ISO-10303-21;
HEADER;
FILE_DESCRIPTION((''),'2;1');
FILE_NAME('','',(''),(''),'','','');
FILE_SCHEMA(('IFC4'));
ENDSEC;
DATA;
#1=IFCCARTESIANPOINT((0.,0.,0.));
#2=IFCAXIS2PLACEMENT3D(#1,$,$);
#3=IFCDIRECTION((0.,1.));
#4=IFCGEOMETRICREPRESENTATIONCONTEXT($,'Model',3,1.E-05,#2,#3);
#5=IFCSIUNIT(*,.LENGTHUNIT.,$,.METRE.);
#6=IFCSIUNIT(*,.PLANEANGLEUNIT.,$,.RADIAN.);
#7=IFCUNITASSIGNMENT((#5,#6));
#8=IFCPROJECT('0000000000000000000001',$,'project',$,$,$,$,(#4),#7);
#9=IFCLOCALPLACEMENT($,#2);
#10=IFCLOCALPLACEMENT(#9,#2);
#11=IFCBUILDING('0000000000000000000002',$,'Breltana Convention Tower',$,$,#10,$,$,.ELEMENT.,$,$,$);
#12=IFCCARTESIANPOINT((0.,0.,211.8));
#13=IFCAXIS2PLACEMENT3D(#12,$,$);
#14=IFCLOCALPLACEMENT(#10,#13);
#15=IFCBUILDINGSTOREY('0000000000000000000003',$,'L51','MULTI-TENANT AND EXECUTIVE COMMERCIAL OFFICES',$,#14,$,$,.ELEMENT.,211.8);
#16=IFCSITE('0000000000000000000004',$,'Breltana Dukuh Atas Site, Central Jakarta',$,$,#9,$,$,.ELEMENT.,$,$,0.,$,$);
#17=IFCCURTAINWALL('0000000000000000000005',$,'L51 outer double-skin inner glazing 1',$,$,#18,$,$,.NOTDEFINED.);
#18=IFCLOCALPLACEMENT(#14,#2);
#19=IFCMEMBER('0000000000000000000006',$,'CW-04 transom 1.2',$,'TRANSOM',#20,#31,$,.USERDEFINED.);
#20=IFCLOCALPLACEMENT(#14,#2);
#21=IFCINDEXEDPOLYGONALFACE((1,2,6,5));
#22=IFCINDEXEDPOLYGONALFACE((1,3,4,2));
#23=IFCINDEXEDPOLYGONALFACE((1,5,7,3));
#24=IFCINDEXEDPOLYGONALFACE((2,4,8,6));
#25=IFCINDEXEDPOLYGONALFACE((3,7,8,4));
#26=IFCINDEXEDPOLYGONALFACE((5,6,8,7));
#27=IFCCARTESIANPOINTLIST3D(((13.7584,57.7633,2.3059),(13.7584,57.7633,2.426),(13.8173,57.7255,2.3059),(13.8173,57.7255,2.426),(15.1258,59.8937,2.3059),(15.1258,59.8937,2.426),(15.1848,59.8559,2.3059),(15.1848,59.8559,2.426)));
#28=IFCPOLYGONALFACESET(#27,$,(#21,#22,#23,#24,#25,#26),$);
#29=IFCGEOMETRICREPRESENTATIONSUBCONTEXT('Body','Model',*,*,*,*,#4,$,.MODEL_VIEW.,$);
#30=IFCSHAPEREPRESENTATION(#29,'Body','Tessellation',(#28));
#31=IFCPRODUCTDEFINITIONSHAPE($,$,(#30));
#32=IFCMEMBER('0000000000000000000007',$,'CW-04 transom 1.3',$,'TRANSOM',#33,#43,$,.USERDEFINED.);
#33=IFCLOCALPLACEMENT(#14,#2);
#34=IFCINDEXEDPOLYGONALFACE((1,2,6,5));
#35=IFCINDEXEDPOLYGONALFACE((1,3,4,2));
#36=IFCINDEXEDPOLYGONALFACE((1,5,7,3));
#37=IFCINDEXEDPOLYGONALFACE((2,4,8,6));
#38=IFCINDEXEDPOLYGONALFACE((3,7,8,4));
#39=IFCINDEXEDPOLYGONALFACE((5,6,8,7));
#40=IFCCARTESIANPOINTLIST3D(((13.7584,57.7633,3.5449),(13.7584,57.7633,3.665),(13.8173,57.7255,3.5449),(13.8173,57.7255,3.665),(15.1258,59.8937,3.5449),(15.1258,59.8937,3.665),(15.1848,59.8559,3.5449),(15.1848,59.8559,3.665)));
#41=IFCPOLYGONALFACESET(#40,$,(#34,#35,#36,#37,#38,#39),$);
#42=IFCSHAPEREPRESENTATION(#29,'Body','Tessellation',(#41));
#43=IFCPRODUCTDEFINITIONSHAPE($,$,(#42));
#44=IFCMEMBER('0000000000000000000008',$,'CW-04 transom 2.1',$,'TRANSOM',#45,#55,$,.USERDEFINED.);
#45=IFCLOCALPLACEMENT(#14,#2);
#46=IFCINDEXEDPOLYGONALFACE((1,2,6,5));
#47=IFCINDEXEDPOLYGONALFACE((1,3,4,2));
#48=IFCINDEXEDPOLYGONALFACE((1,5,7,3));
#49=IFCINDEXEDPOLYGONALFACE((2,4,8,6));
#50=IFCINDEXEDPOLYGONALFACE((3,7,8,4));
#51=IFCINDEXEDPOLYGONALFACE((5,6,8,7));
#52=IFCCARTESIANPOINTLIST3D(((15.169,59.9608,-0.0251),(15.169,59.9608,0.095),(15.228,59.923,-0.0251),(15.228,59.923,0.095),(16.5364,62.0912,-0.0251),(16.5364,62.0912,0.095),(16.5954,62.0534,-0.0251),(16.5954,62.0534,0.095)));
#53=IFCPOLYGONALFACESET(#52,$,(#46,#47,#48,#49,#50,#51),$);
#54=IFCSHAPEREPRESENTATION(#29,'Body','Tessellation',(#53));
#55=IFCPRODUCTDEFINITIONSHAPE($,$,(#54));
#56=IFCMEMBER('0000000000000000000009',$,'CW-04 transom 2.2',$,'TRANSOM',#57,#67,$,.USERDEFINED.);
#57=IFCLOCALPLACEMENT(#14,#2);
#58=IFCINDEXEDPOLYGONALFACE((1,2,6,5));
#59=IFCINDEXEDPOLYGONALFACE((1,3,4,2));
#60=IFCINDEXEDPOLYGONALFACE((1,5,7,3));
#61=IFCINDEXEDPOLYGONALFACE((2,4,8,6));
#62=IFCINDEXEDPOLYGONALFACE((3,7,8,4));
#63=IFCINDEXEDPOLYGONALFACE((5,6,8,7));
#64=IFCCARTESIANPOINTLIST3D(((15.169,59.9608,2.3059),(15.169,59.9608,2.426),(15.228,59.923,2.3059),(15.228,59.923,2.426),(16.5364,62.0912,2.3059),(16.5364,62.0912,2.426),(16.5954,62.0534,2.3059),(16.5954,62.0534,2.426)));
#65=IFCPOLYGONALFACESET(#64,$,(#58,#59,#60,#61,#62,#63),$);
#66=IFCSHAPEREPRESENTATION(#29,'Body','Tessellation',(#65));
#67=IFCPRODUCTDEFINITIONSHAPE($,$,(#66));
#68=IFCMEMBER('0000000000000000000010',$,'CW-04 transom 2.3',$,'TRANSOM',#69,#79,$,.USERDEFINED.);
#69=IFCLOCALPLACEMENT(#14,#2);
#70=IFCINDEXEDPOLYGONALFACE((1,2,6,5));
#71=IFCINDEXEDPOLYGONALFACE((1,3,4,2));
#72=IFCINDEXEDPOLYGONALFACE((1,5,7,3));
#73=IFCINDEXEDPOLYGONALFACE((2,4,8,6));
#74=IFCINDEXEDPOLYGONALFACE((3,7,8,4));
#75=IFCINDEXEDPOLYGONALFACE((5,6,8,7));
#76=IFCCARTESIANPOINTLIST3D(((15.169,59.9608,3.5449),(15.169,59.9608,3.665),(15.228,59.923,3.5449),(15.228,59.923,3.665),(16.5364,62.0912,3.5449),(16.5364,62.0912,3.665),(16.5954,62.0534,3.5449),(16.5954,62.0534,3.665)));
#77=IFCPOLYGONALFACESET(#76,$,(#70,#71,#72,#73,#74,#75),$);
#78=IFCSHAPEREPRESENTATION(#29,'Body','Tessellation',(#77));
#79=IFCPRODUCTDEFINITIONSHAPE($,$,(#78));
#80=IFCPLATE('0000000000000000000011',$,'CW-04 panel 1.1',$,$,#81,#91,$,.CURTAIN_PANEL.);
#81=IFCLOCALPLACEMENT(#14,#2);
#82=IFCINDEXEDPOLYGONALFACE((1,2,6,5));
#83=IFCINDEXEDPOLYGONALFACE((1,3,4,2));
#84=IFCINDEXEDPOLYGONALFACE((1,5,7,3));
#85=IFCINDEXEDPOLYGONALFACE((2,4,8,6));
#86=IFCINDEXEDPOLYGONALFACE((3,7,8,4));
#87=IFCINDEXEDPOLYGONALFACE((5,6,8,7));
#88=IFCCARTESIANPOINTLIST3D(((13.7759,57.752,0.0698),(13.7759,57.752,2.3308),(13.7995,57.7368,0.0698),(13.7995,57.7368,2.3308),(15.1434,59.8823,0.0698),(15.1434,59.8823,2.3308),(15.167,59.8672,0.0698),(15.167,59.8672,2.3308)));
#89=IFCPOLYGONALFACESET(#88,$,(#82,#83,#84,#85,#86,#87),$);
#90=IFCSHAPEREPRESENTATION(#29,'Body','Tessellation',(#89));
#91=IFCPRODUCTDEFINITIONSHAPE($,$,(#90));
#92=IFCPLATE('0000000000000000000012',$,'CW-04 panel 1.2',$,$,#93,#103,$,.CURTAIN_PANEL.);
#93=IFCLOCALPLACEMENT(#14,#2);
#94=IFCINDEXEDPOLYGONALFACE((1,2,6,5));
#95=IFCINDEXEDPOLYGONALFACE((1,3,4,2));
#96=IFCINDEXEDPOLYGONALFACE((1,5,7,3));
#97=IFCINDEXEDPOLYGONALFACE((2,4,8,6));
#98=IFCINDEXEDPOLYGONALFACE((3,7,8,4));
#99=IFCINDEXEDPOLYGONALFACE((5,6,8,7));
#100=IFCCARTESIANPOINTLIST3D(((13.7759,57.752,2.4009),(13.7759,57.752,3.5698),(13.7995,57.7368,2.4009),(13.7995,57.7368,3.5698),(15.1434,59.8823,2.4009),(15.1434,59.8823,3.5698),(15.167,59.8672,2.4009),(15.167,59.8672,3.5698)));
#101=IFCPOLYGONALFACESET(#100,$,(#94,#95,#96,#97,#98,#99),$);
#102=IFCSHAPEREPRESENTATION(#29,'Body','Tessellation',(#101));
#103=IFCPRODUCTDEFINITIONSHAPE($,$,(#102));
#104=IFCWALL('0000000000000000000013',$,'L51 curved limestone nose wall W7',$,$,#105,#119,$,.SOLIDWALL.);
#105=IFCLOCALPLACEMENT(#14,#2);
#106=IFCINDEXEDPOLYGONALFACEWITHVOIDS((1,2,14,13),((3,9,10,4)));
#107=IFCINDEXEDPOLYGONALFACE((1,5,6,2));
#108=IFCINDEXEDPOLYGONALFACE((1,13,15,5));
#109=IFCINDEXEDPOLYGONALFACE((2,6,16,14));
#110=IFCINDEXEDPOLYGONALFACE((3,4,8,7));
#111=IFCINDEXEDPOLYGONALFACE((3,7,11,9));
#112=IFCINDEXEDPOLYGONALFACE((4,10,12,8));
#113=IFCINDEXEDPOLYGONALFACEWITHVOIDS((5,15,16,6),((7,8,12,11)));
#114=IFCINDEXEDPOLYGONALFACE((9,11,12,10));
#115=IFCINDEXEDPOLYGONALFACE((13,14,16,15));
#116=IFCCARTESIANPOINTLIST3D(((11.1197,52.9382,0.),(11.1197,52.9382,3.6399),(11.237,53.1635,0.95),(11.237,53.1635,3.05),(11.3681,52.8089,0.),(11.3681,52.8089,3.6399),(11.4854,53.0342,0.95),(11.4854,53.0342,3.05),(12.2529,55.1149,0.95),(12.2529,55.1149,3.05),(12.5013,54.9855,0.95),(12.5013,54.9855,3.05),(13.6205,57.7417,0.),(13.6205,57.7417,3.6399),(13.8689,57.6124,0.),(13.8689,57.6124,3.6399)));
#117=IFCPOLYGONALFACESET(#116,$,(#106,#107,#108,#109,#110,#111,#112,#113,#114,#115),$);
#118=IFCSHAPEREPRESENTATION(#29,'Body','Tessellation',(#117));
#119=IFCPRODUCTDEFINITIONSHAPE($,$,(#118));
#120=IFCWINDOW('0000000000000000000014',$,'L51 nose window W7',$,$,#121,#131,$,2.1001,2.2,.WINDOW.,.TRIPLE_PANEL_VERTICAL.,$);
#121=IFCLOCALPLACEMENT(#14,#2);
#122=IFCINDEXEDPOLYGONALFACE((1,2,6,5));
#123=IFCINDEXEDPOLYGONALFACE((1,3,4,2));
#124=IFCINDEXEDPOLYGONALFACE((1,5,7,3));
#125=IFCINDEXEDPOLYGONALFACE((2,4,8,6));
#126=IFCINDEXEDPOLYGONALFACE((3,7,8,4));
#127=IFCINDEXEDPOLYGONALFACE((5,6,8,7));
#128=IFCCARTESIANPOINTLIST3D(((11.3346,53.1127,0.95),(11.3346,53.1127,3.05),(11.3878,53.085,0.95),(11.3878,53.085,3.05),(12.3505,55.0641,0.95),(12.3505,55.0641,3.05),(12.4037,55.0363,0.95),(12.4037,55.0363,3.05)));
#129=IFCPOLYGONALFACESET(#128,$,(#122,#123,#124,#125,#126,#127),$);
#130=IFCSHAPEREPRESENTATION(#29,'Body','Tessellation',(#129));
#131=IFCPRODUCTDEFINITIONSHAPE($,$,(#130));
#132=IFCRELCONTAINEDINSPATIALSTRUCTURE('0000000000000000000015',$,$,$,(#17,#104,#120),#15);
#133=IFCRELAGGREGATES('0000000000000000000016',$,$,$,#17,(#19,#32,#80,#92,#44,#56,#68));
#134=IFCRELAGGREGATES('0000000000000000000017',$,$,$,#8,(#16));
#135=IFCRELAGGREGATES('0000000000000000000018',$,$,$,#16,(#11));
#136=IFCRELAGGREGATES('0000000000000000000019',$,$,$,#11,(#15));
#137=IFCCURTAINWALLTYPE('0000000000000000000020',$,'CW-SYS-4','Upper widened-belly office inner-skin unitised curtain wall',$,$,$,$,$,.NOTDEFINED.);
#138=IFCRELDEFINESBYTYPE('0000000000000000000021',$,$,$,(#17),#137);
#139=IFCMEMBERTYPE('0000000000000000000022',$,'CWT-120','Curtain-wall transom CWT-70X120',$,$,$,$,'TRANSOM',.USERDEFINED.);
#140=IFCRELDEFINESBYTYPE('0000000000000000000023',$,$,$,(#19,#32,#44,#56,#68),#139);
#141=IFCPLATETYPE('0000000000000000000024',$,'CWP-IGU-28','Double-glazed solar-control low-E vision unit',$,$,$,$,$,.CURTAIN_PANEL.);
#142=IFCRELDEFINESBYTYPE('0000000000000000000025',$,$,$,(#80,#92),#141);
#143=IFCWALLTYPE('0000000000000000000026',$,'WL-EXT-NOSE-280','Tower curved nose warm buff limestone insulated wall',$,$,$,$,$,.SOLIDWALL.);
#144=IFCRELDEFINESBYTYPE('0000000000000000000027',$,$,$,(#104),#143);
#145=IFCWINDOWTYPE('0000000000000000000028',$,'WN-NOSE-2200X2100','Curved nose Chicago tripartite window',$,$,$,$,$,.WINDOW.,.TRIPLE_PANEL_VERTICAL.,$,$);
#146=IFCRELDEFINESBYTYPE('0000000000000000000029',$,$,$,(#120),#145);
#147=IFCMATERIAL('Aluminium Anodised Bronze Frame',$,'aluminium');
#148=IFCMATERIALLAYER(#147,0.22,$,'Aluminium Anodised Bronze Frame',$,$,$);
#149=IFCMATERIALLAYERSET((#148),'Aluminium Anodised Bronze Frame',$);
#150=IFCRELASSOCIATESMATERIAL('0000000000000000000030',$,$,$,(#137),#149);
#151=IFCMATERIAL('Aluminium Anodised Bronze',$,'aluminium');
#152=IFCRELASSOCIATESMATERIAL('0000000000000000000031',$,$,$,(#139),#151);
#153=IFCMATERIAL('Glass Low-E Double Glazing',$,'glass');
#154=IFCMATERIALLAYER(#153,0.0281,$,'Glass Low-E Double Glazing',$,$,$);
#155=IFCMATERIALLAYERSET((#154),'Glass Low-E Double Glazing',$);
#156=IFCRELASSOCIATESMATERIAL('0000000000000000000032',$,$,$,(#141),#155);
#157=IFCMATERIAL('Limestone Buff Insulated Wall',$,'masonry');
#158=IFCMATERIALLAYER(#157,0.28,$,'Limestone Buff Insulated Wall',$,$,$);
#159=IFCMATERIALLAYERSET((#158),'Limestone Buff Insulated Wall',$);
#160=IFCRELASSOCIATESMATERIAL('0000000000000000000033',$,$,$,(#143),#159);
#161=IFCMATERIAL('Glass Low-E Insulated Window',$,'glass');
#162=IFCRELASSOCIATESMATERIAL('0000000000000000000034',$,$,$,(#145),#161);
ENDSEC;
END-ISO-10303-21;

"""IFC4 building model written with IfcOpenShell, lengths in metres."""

from ifc_helpers import new_model, si_unit, direction, frame, frame_2d, origin, origin_2d, place, context, subcontext, project, spatial, rectangle, extrude, source, transform, mapped, material, layer, layer_set, material_profile, profile_set, type_object, type_shapes, element, fill, aggregate, save


model = new_model("IFC4")

# Units and contexts
model_context = context("Model", 3, precision=1e-05, world=origin(), true_north=direction((0.0, 1.0)))
body_context = subcontext(model_context, "Body", "Model", "MODEL_VIEW")
ifc_project = project(units=[si_unit("LENGTHUNIT", "METRE"), si_unit("PLANEANGLEUNIT", "RADIAN")], contexts=[model_context])

# Site, building, storey
site_placement = place(None, origin())
site = spatial("IfcSite", under=ifc_project, at=site_placement, Name="Breltana Dukuh Atas Site, Central Jakarta", CompositionType="ELEMENT", RefElevation=0.0)
building_placement = place(site_placement, origin())
building = spatial("IfcBuilding", under=site, at=building_placement, Name="Breltana Convention Tower", CompositionType="ELEMENT")
storey_placement = place(building_placement, frame((0.0, 0.0, 211.8)))
storey = spatial("IfcBuildingStorey", under=building, at=storey_placement, Name="L51", Description="MULTI-TENANT AND EXECUTIVE COMMERCIAL OFFICES", CompositionType="ELEMENT", Elevation=211.8)

# Curtain wall, members, plates
ifc_material_1 = material(Name="Aluminium Anodised Bronze Frame", Category="aluminium")
ifc_layer_1 = layer(ifc_material_1, 0.22, Name="Aluminium Anodised Bronze Frame")
ifc_layer_set_1 = layer_set([ifc_layer_1], Name="Aluminium Anodised Bronze Frame")
curtain_wall_type = type_object("IfcCurtainWallType", Name="CW-SYS-4", Description="Upper widened-belly office inner-skin unitised curtain wall", PredefinedType="NOTDEFINED", material=ifc_layer_set_1)
curtain_wall_placement = place(storey_placement, origin())
curtain_wall = element("IfcCurtainWall", 1, at=curtain_wall_placement, inside=storey, type_object=curtain_wall_type, Name="L51 outer double-skin inner glazing 1", PredefinedType="NOTDEFINED")
ifc_material_2 = material(Name="Aluminium Anodised Bronze", Category="aluminium")
ifc_material_profile_1 = material_profile(ifc_material_2, rectangle(XDim=0.0701, YDim=0.1201, at=origin_2d()), Name="CWT-70X120")
ifc_profile_set_1 = profile_set([ifc_material_profile_1], Name="Aluminium Anodised Bronze")
member_type_1 = type_object("IfcMemberType", Name="CWT-120", Description="Curtain-wall transom CWT-70X120", ElementType="TRANSOM", PredefinedType="USERDEFINED", material=ifc_profile_set_1)
shared_shape_1 = source(origin(), body_context, "Body", "SweptSolid", [
    extrude(rectangle(XDim=0.0701, YDim=0.1201, at=origin_2d()), origin(), (0.0, 0.0, 1.0), 2.5315),
])
member_1_placement = place(storey_placement, frame((13.7878, 57.7444, 2.366), z_axis=(0.540173, 0.841554, 0.0), x_axis=(-0.841554, 0.540173, 0.0)))
member_1 = element("IfcMember", 2, at=member_1_placement, type_object=member_type_1, Name="CW-04 transom 1.2", ObjectType="TRANSOM", PredefinedType="USERDEFINED", context=body_context, shape_type="MappedRepresentation", body=[
    mapped(shared_shape_1, transform((0.0, 0.0, 0.0), scale=1.0)),
])
member_2_placement = place(storey_placement, frame((13.7878, 57.7444, 3.605), z_axis=(0.540173, 0.841554, 0.0), x_axis=(-0.841554, 0.540173, 0.0)))
member_2 = element("IfcMember", 3, at=member_2_placement, type_object=member_type_1, Name="CW-04 transom 1.3", ObjectType="TRANSOM", PredefinedType="USERDEFINED", context=body_context, shape_type="MappedRepresentation", body=[
    mapped(shared_shape_1, transform((0.0, 0.0, 0.0), scale=1.0)),
])
member_3_placement = place(storey_placement, frame((15.1985, 59.9419, 0.0349), z_axis=(0.540173, 0.841554, 0.0), x_axis=(-0.841554, 0.540173, 0.0)))
member_3 = element("IfcMember", 4, at=member_3_placement, type_object=member_type_1, Name="CW-04 transom 2.1", ObjectType="TRANSOM", PredefinedType="USERDEFINED", context=body_context, shape_type="MappedRepresentation", body=[
    mapped(shared_shape_1, transform((0.0, 0.0, 0.0), scale=1.0)),
])
member_4_placement = place(storey_placement, frame((15.1985, 59.9419, 2.366), z_axis=(0.540173, 0.841554, 0.0), x_axis=(-0.841554, 0.540173, 0.0)))
member_4 = element("IfcMember", 5, at=member_4_placement, type_object=member_type_1, Name="CW-04 transom 2.2", ObjectType="TRANSOM", PredefinedType="USERDEFINED", context=body_context, shape_type="MappedRepresentation", body=[
    mapped(shared_shape_1, transform((0.0, 0.0, 0.0), scale=1.0)),
])
member_5_placement = place(storey_placement, frame((15.1985, 59.9419, 3.605), z_axis=(0.540173, 0.841554, 0.0), x_axis=(-0.841554, 0.540173, 0.0)))
member_5 = element("IfcMember", 6, at=member_5_placement, type_object=member_type_1, Name="CW-04 transom 2.3", ObjectType="TRANSOM", PredefinedType="USERDEFINED", context=body_context, shape_type="MappedRepresentation", body=[
    mapped(shared_shape_1, transform((0.0, 0.0, 0.0), scale=1.0)),
])
ifc_material_3 = material(Name="Glass Low-E Double Glazing", Category="glass")
ifc_layer_2 = layer(ifc_material_3, 0.0281, Name="Glass Low-E Double Glazing")
ifc_layer_set_2 = layer_set([ifc_layer_2], Name="Glass Low-E Double Glazing")
plate_type = type_object("IfcPlateType", Name="CWP-IGU-28", Description="Double-glazed solar-control low-E vision unit", PredefinedType="CURTAIN_PANEL", material=ifc_layer_set_2)
shared_shape_2 = source(origin(), body_context, "Body", "SweptSolid", [
    extrude(rectangle(XDim=2.5315, YDim=0.0281, at=origin_2d()), origin(), (0.0, 0.0, 1.0), 2.261),
])
plate_1_placement = place(storey_placement, frame((14.4714, 58.8096, 0.0698), z_axis=(0.0, 0.0, 1.0), x_axis=(0.540182, 0.841548, 0.0)))
plate_1 = element("IfcPlate", 7, at=plate_1_placement, type_object=plate_type, Name="CW-04 panel 1.1", PredefinedType="CURTAIN_PANEL", context=body_context, shape_type="MappedRepresentation", body=[
    mapped(shared_shape_2, transform((0.0, 0.0, 0.0), scale=1.0)),
])
shared_shape_3 = source(origin(), body_context, "Body", "SweptSolid", [
    extrude(rectangle(XDim=2.5315, YDim=0.0281, at=origin_2d()), origin(), (0.0, 0.0, 1.0), 1.1689),
])
plate_2_placement = place(storey_placement, frame((14.4714, 58.8096, 2.4009), z_axis=(0.0, 0.0, 1.0), x_axis=(0.540182, 0.841548, 0.0)))
plate_2 = element("IfcPlate", 8, at=plate_2_placement, type_object=plate_type, Name="CW-04 panel 1.2", PredefinedType="CURTAIN_PANEL", context=body_context, shape_type="MappedRepresentation", body=[
    mapped(shared_shape_3, transform((0.0, 0.0, 0.0), scale=1.0)),
])
aggregate(curtain_wall, [member_1, member_2, plate_1, plate_2, member_3, member_4, member_5])

# Wall, opening, window
ifc_material_4 = material(Name="Limestone Buff Insulated Wall", Category="masonry")
ifc_layer_3 = layer(ifc_material_4, 0.28, Name="Limestone Buff Insulated Wall")
ifc_layer_set_3 = layer_set([ifc_layer_3], Name="Limestone Buff Insulated Wall")
wall_type = type_object("IfcWallType", Name="WL-EXT-NOSE-280", Description="Tower curved nose warm buff limestone insulated wall", PredefinedType="SOLIDWALL", material=ifc_layer_set_3)
shared_shape_4 = source(origin(), body_context, "Body", "SweptSolid", [
    extrude(rectangle(XDim=5.4155, YDim=0.28, at=frame_2d((2.7078, 0.0))), origin(), (0.0, 0.0, 1.0), 3.6399),
])
wall_placement = place(storey_placement, frame((11.2439, 52.8735, 0.0), z_axis=(0.0, 0.0, 1.0), x_axis=(0.461779, 0.886995, 0.0)))
wall = element("IfcWall", 9, at=wall_placement, inside=storey, type_object=wall_type, Name="L51 curved limestone nose wall W7", PredefinedType="SOLIDWALL", context=body_context, shape_type="MappedRepresentation", body=[
    mapped(shared_shape_4, transform((0.0, 0.0, 0.0), scale=1.0)),
])
opening_placement = place(wall_placement, frame((0.2539, 0.0, 0.95)))
opening = element("IfcOpeningElement", 10, at=opening_placement, cuts=wall, PredefinedType="OPENING", context=body_context, shape_type="SweptSolid", body=[
    extrude(rectangle(XDim=2.2, YDim=2.1001, at=frame_2d((1.1001, 1.05))), frame((0.0, 0.1499, 0.0), z_axis=(0.0, -1.0, 0.0), x_axis=(1.0, 0.0, 0.0)), (0.0, 0.0, 1.0), 0.3),
])
ifc_material_5 = material(Name="Glass Low-E Insulated Window", Category="glass")
window_type = type_object("IfcWindowType", Name="WN-NOSE-2200X2100", Description="Curved nose Chicago tripartite window", PartitioningType="TRIPLE_PANEL_VERTICAL", PredefinedType="WINDOW", material=ifc_material_5)
shared_shape_5 = source(origin(), body_context, "Body", "SweptSolid", [
    extrude(rectangle(XDim=2.2, YDim=2.1001, at=frame_2d((1.1001, 1.05))), frame((0.0, 0.03, 0.0), z_axis=(0.0, -1.0, 0.0), x_axis=(1.0, 0.0, 0.0)), (0.0, 0.0, 1.0), 0.0601),
])
type_shapes(window_type, [shared_shape_5])
window_placement = place(opening_placement, origin())
window = element("IfcWindow", 11, at=window_placement, inside=storey, type_object=window_type, Name="L51 nose window W7", OverallHeight=2.1001, OverallWidth=2.2, PartitioningType="TRIPLE_PANEL_VERTICAL", PredefinedType="WINDOW", context=body_context, shape_type="MappedRepresentation", body=[
    mapped(shared_shape_5, transform((0.0, 0.0, 0.0), scale=1.0)),
])
fill(opening, window)

save(model, "model.ifc")
